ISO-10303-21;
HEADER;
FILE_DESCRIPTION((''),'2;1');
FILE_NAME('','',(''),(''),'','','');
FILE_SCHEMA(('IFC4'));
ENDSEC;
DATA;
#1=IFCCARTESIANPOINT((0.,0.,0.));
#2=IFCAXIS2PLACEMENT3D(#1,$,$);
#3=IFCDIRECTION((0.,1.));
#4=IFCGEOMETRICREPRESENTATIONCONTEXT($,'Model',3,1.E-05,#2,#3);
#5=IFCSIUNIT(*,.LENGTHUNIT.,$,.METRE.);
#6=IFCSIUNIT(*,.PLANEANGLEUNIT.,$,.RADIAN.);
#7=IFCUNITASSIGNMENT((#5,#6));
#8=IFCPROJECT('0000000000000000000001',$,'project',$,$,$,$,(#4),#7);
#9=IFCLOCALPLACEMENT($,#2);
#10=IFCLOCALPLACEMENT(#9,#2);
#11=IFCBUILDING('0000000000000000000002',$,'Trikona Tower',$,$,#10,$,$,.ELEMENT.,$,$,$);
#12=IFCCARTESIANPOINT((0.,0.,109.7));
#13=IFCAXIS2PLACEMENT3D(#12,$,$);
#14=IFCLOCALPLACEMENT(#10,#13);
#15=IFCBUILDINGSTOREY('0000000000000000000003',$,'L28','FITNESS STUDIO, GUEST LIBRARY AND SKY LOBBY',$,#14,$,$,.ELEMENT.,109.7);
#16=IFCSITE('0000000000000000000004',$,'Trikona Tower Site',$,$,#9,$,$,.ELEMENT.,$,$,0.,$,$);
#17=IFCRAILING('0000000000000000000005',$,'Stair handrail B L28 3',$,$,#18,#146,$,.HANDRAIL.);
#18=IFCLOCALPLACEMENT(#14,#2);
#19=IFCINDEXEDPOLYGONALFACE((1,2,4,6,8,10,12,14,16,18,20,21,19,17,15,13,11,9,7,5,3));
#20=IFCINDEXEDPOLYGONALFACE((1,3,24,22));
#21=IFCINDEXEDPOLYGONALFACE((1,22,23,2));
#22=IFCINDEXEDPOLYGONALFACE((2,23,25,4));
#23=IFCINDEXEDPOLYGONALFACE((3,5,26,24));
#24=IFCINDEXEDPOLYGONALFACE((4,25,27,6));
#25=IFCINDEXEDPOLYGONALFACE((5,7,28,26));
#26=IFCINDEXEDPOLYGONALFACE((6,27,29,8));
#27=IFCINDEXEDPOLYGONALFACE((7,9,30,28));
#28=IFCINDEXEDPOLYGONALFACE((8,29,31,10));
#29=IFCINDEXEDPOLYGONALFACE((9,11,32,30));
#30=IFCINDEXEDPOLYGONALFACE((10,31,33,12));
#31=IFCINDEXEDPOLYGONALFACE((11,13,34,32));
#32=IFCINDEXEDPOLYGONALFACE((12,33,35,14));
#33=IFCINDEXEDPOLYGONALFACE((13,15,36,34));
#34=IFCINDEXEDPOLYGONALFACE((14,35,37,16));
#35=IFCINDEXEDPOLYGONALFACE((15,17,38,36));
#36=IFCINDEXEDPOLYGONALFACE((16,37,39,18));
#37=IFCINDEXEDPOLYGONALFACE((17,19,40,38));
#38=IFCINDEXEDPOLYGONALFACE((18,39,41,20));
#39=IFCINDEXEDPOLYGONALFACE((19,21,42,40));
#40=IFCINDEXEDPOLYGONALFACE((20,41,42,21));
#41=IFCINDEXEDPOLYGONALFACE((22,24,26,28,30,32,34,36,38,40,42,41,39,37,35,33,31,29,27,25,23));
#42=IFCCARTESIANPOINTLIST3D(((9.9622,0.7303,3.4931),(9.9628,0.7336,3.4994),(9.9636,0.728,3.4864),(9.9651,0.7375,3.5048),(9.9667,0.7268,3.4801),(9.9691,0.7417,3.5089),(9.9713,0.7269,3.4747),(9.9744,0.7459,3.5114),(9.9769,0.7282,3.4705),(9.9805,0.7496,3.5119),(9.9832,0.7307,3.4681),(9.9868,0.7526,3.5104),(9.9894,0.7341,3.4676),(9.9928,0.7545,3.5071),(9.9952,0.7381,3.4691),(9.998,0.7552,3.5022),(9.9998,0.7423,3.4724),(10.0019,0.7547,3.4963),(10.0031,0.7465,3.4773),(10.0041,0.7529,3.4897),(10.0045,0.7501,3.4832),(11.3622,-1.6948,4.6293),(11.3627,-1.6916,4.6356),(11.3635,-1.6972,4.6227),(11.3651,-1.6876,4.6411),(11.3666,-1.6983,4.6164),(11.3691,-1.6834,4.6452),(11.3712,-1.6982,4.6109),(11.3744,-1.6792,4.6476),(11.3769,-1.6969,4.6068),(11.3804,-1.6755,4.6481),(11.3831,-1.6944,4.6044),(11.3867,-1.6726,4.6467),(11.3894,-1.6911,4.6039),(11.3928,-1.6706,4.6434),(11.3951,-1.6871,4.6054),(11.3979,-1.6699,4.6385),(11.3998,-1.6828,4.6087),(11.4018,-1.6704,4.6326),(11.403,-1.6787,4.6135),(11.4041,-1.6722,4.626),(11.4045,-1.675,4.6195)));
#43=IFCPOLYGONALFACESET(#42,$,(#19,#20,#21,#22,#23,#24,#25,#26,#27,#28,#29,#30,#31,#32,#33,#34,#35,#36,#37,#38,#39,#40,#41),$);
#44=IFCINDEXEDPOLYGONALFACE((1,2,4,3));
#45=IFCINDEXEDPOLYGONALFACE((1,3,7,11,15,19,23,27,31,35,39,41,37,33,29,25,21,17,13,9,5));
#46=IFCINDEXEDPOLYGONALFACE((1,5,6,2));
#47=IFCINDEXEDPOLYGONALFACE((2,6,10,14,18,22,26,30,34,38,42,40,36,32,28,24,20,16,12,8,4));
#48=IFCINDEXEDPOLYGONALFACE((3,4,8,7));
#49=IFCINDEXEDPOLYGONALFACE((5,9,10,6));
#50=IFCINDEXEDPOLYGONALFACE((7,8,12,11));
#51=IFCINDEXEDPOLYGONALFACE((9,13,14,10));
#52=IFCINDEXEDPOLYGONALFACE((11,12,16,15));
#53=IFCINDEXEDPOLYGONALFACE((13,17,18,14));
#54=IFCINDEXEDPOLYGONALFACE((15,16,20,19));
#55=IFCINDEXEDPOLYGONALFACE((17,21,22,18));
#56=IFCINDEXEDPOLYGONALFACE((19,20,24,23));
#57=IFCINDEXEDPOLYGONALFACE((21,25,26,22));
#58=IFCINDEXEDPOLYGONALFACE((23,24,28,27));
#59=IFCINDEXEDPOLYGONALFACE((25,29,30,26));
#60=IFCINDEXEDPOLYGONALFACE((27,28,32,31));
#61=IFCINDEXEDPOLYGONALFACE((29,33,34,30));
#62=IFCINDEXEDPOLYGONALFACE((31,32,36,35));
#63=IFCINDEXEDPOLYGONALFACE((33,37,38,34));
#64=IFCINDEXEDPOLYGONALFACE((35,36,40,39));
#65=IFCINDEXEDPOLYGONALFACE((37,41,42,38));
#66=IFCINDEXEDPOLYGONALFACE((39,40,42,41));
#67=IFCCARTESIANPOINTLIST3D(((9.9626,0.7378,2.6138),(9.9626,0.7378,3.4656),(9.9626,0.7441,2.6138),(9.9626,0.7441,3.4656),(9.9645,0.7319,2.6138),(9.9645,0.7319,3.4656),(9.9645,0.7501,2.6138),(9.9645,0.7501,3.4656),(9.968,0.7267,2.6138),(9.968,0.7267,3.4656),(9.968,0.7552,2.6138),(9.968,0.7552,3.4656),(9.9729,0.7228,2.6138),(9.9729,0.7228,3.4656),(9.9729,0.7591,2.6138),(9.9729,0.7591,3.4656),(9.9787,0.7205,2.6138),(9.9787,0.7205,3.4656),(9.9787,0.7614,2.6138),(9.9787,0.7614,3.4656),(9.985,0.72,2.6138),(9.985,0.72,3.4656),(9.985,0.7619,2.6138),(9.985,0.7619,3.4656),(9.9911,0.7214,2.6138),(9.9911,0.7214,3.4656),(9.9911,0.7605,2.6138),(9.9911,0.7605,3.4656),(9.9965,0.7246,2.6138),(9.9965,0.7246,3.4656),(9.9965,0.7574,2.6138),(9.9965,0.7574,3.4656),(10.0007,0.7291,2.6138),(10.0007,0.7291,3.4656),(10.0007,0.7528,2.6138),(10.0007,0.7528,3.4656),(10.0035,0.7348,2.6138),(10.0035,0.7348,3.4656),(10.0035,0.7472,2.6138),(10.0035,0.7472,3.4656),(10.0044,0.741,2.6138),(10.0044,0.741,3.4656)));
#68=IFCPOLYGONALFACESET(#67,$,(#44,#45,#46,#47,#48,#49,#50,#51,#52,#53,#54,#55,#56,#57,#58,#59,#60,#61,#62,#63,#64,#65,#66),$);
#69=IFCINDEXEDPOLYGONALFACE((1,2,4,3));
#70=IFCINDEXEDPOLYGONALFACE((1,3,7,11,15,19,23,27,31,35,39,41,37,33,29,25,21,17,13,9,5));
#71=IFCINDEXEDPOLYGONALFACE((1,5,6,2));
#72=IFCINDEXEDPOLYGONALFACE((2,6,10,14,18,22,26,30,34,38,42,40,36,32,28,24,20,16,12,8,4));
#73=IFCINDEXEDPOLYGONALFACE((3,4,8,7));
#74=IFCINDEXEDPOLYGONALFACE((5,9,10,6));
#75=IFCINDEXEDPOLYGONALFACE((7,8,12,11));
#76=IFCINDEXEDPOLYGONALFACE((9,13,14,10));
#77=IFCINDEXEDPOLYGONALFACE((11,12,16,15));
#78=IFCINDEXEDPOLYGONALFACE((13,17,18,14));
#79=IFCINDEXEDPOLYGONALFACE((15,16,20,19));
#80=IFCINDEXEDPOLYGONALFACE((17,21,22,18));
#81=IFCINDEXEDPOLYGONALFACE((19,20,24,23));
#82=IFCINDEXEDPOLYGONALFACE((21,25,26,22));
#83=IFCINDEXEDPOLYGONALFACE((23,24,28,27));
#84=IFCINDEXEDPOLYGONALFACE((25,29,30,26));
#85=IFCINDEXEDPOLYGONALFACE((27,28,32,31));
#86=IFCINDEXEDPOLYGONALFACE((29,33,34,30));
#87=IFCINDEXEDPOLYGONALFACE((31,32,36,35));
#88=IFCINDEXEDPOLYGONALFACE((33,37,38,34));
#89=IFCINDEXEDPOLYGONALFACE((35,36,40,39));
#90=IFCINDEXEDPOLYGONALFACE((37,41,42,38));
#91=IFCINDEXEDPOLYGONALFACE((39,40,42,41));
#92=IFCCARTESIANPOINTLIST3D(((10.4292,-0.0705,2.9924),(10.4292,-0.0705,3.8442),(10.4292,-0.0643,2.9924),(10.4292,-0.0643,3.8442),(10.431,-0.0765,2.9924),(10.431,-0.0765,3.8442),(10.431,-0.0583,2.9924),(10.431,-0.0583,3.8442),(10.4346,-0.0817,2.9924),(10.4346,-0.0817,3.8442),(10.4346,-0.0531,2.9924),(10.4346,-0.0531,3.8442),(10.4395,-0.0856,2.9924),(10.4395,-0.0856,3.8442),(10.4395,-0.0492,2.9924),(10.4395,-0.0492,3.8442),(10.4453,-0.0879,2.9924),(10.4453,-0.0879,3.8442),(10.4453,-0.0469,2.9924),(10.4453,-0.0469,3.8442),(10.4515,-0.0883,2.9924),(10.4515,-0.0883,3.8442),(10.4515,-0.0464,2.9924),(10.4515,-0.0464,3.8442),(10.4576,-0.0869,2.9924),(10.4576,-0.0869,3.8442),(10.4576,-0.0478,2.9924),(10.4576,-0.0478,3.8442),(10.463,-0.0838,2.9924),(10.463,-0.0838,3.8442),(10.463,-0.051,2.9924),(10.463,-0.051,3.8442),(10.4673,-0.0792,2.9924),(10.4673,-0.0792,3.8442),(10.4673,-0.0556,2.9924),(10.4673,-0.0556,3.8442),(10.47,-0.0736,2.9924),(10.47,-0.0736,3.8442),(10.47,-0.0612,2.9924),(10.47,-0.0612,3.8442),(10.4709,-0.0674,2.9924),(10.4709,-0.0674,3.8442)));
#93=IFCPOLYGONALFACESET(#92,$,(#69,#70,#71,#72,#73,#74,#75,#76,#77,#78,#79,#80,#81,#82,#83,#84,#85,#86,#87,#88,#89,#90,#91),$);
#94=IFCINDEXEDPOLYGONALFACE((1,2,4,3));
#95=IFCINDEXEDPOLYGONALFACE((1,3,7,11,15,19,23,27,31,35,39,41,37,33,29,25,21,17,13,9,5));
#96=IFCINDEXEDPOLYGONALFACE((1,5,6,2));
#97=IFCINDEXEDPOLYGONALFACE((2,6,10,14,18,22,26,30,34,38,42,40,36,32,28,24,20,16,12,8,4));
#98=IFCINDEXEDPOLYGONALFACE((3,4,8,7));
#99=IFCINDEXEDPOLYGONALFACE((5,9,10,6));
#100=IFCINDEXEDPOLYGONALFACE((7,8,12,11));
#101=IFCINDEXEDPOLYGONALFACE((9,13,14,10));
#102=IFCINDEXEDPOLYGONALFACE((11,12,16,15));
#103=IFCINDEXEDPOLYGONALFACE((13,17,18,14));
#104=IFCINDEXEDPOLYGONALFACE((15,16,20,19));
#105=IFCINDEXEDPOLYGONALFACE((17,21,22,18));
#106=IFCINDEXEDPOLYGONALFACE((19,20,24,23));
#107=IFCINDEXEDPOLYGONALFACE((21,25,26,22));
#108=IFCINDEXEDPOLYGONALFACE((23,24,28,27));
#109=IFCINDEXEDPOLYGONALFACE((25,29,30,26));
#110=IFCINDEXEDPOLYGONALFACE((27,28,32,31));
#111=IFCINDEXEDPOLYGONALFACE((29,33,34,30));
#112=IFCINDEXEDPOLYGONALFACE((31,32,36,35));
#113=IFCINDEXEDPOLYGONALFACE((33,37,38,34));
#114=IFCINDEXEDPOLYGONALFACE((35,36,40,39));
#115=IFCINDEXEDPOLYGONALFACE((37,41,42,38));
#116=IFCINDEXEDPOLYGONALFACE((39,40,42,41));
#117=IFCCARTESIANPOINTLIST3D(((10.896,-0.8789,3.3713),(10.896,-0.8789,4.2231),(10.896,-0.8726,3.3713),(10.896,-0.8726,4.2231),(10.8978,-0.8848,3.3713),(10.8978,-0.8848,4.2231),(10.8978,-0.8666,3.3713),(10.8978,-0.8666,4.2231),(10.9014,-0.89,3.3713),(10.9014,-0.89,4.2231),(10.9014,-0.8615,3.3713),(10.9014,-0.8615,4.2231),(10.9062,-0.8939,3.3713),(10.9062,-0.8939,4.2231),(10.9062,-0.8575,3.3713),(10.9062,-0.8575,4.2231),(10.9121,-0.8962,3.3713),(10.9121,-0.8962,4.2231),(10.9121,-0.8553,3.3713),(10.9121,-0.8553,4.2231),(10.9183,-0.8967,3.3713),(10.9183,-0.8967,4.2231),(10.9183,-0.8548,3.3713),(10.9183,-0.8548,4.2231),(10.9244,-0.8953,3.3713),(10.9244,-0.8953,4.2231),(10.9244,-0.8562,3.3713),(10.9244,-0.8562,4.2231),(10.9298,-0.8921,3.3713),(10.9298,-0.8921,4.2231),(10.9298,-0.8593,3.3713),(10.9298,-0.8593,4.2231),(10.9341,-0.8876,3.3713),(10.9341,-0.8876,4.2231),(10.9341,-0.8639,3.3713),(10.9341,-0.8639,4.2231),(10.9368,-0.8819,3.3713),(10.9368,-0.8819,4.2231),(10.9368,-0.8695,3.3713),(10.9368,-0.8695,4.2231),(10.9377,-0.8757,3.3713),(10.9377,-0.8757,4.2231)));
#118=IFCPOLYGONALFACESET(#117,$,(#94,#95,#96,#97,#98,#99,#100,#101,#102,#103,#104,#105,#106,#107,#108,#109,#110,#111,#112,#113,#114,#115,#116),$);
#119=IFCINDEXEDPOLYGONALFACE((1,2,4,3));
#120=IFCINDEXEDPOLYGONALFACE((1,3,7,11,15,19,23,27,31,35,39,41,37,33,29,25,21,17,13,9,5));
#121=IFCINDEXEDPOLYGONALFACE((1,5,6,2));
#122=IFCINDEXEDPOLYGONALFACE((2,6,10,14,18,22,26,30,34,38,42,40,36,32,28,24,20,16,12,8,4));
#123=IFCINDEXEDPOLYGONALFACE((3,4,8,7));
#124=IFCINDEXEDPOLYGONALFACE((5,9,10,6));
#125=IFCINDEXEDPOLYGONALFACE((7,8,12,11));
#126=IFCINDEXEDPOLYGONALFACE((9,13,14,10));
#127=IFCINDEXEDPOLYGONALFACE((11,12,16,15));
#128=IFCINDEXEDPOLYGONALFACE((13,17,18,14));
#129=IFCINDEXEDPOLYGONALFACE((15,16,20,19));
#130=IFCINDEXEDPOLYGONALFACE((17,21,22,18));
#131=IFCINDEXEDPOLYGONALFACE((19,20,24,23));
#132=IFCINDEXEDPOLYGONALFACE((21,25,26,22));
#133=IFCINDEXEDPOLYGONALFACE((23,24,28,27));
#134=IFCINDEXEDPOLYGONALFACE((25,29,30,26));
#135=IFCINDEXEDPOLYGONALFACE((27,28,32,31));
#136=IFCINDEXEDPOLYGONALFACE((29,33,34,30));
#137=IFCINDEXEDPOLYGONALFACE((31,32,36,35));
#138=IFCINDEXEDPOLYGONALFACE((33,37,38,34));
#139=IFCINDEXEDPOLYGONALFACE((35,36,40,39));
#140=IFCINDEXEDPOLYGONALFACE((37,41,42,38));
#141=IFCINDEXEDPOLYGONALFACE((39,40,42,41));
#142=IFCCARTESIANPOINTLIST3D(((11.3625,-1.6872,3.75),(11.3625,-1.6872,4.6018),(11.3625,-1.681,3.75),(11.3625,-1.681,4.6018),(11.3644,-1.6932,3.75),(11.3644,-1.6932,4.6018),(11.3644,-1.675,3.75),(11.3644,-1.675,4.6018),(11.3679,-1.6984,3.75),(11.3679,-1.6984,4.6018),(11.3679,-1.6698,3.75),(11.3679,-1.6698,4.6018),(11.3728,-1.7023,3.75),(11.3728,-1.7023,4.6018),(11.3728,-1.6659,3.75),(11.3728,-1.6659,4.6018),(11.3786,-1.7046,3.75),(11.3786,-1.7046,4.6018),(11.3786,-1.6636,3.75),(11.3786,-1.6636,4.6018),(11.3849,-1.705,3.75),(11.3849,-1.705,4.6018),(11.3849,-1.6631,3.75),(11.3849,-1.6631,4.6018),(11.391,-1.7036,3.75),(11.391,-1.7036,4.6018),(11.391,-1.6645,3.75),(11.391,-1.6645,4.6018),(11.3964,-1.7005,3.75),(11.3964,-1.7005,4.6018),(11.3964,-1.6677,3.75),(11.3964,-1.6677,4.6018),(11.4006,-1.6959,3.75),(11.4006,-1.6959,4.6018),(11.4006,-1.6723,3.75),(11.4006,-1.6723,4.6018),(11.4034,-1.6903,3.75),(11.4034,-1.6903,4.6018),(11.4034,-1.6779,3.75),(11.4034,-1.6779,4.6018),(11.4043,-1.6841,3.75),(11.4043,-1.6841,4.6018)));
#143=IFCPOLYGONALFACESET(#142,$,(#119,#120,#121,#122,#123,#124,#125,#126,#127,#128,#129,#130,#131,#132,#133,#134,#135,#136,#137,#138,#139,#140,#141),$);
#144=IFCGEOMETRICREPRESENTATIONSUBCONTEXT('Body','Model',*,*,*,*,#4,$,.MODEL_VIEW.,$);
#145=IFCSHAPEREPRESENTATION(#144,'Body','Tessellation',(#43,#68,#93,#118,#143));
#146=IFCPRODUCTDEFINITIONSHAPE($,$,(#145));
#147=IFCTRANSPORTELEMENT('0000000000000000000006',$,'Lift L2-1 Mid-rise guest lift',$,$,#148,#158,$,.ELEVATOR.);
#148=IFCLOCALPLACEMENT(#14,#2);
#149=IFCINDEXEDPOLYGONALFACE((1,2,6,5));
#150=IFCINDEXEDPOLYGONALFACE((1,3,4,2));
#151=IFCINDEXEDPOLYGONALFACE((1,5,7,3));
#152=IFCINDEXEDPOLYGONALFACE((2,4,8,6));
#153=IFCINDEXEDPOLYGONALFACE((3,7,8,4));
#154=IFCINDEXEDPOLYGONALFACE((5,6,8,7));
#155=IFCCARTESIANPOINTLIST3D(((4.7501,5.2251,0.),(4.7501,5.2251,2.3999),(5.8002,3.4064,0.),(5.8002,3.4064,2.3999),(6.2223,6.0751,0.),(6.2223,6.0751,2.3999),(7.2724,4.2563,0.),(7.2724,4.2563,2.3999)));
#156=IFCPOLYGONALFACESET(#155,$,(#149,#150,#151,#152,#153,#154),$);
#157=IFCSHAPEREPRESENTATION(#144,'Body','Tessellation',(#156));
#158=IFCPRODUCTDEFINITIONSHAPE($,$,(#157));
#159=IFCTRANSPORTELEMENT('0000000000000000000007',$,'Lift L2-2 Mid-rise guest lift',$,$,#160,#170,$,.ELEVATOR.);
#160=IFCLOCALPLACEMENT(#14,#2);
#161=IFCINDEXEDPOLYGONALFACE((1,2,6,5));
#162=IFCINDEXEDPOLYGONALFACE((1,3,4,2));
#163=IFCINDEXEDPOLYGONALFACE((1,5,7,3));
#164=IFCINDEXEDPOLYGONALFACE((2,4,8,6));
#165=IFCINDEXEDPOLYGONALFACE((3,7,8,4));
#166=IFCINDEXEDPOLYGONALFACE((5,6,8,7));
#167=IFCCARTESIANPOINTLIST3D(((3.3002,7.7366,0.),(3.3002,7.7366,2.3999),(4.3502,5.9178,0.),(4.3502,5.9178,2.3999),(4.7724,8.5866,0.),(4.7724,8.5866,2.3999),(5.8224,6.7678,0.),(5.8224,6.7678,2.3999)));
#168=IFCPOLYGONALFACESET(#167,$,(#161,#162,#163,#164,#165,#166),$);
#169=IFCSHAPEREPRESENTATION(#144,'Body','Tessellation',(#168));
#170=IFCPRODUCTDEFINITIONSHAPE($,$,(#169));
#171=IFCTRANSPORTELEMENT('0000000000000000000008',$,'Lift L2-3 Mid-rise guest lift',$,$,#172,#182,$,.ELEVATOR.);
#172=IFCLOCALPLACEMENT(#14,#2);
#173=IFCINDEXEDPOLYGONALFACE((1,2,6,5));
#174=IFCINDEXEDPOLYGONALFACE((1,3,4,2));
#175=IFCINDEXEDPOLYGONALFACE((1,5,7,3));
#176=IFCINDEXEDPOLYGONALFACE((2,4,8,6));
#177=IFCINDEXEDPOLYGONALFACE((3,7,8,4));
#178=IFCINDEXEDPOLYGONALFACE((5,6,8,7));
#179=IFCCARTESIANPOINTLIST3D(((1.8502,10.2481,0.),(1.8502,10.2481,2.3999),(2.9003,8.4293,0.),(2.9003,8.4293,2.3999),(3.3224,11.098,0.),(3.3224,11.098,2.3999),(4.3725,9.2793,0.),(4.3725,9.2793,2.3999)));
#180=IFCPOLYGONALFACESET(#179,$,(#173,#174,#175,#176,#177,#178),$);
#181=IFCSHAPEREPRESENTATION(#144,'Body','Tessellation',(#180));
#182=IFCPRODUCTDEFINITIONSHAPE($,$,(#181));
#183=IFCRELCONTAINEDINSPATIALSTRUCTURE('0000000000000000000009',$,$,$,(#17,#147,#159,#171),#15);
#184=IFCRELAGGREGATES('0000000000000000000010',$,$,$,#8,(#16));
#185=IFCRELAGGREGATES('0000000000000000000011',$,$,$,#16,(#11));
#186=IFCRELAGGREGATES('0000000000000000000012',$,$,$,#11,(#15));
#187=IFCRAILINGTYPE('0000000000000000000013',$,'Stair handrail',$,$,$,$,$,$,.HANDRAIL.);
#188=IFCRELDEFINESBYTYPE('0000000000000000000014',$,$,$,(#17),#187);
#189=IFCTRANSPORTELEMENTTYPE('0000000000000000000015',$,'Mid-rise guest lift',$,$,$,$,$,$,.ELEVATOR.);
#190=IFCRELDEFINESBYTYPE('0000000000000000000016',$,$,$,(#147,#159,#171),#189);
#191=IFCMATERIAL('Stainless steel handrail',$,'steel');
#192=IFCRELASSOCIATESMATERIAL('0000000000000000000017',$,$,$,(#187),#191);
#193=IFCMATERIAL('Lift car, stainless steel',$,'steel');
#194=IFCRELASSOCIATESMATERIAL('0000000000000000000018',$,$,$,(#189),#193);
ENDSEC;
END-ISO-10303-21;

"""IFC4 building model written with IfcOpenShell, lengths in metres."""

from ifc_helpers import new_model, si_unit, direction, frame, origin, origin_2d, place, context, subcontext, project, spatial, rectangle, circle, extrude, material, type_object, element, save


model = new_model("IFC4")

# Units and contexts
model_context = context("Model", 3, precision=1e-05, world=origin(), true_north=direction((0.0, 1.0)))
body_context = subcontext(model_context, "Body", "Model", "MODEL_VIEW")
ifc_project = project(units=[si_unit("LENGTHUNIT", "METRE"), si_unit("PLANEANGLEUNIT", "RADIAN")], contexts=[model_context])

# Site, building, storey
site_placement = place(None, origin())
site = spatial("IfcSite", under=ifc_project, at=site_placement, Name="Trikona Tower Site", CompositionType="ELEMENT", RefElevation=0.0)
building_placement = place(site_placement, origin())
building = spatial("IfcBuilding", under=site, at=building_placement, Name="Trikona Tower", CompositionType="ELEMENT")
storey_placement = place(building_placement, frame((0.0, 0.0, 109.7)))
storey = spatial("IfcBuildingStorey", under=building, at=storey_placement, Name="L28", Description="FITNESS STUDIO, GUEST LIBRARY AND SKY LOBBY", CompositionType="ELEMENT", Elevation=109.7)

# Railing
ifc_material_1 = material(Name="Stainless steel handrail", Category="steel")
railing_type = type_object("IfcRailingType", Name="Stair handrail", PredefinedType="HANDRAIL", material=ifc_material_1)
for number, where, name in (
    (1, (9.9834, 0.741, 2.6138), "Stair handrail B L28 3"),
):
    element("IfcRailing", number, at=place(storey_placement, frame(where)), inside=storey, type_object=railing_type, Name=name, PredefinedType="HANDRAIL", context=body_context, shape_type="SweptSolid", body=[
        extrude(circle(Radius=0.0239, at=origin_2d()), frame((0.0, 0.0, 0.876), z_axis=(0.463259, -0.802503, 0.376004), x_axis=(0.866056, 0.499946, 0.0)), (0.0, 0.0, 1.0), 3.022),
        extrude(circle(Radius=0.021, at=origin_2d()), origin(), (0.0, 0.0, 1.0), 0.8518),
        extrude(circle(Radius=0.021, at=origin_2d()), frame((0.4666, -0.8083, 0.3787)), (0.0, 0.0, 1.0), 0.8518),
        extrude(circle(Radius=0.021, at=origin_2d()), frame((0.9333, -1.6167, 0.7576)), (0.0, 0.0, 1.0), 0.8518),
        extrude(circle(Radius=0.021, at=origin_2d()), frame((1.3999, -2.425, 1.1362)), (0.0, 0.0, 1.0), 0.8518),
    ])

# Transport elements
ifc_material_2 = material(Name="Lift car, stainless steel", Category="steel")
transport_element_type = type_object("IfcTransportElementType", Name="Mid-rise guest lift", PredefinedType="ELEVATOR", material=ifc_material_2)
for number, where, z_axis, x_axis, name in (
    (2, (6.0112, 4.7407, 0.0), (0.0, 0.0, 1.0), (-0.5, 0.866025, 0.0), "Lift L2-1 Mid-rise guest lift"),
    (3, (4.5613, 7.2522, 0.0), (0.0, 0.0, 1.0), (-0.5, 0.866025, 0.0), "Lift L2-2 Mid-rise guest lift"),
    (4, (3.1113, 9.7637, 0.0), (0.0, 0.0, 1.0), (-0.5, 0.866025, 0.0), "Lift L2-3 Mid-rise guest lift"),
):
    element("IfcTransportElement", number, at=place(storey_placement, frame(where, z_axis=z_axis, x_axis=x_axis)), inside=storey, type_object=transport_element_type, Name=name, PredefinedType="ELEVATOR", context=body_context, shape_type="SweptSolid", body=[
        extrude(rectangle(XDim=2.1001, YDim=1.7, at=origin_2d()), origin(), (0.0, 0.0, 1.0), 2.3999),
    ])

save(model, "model.ifc")
